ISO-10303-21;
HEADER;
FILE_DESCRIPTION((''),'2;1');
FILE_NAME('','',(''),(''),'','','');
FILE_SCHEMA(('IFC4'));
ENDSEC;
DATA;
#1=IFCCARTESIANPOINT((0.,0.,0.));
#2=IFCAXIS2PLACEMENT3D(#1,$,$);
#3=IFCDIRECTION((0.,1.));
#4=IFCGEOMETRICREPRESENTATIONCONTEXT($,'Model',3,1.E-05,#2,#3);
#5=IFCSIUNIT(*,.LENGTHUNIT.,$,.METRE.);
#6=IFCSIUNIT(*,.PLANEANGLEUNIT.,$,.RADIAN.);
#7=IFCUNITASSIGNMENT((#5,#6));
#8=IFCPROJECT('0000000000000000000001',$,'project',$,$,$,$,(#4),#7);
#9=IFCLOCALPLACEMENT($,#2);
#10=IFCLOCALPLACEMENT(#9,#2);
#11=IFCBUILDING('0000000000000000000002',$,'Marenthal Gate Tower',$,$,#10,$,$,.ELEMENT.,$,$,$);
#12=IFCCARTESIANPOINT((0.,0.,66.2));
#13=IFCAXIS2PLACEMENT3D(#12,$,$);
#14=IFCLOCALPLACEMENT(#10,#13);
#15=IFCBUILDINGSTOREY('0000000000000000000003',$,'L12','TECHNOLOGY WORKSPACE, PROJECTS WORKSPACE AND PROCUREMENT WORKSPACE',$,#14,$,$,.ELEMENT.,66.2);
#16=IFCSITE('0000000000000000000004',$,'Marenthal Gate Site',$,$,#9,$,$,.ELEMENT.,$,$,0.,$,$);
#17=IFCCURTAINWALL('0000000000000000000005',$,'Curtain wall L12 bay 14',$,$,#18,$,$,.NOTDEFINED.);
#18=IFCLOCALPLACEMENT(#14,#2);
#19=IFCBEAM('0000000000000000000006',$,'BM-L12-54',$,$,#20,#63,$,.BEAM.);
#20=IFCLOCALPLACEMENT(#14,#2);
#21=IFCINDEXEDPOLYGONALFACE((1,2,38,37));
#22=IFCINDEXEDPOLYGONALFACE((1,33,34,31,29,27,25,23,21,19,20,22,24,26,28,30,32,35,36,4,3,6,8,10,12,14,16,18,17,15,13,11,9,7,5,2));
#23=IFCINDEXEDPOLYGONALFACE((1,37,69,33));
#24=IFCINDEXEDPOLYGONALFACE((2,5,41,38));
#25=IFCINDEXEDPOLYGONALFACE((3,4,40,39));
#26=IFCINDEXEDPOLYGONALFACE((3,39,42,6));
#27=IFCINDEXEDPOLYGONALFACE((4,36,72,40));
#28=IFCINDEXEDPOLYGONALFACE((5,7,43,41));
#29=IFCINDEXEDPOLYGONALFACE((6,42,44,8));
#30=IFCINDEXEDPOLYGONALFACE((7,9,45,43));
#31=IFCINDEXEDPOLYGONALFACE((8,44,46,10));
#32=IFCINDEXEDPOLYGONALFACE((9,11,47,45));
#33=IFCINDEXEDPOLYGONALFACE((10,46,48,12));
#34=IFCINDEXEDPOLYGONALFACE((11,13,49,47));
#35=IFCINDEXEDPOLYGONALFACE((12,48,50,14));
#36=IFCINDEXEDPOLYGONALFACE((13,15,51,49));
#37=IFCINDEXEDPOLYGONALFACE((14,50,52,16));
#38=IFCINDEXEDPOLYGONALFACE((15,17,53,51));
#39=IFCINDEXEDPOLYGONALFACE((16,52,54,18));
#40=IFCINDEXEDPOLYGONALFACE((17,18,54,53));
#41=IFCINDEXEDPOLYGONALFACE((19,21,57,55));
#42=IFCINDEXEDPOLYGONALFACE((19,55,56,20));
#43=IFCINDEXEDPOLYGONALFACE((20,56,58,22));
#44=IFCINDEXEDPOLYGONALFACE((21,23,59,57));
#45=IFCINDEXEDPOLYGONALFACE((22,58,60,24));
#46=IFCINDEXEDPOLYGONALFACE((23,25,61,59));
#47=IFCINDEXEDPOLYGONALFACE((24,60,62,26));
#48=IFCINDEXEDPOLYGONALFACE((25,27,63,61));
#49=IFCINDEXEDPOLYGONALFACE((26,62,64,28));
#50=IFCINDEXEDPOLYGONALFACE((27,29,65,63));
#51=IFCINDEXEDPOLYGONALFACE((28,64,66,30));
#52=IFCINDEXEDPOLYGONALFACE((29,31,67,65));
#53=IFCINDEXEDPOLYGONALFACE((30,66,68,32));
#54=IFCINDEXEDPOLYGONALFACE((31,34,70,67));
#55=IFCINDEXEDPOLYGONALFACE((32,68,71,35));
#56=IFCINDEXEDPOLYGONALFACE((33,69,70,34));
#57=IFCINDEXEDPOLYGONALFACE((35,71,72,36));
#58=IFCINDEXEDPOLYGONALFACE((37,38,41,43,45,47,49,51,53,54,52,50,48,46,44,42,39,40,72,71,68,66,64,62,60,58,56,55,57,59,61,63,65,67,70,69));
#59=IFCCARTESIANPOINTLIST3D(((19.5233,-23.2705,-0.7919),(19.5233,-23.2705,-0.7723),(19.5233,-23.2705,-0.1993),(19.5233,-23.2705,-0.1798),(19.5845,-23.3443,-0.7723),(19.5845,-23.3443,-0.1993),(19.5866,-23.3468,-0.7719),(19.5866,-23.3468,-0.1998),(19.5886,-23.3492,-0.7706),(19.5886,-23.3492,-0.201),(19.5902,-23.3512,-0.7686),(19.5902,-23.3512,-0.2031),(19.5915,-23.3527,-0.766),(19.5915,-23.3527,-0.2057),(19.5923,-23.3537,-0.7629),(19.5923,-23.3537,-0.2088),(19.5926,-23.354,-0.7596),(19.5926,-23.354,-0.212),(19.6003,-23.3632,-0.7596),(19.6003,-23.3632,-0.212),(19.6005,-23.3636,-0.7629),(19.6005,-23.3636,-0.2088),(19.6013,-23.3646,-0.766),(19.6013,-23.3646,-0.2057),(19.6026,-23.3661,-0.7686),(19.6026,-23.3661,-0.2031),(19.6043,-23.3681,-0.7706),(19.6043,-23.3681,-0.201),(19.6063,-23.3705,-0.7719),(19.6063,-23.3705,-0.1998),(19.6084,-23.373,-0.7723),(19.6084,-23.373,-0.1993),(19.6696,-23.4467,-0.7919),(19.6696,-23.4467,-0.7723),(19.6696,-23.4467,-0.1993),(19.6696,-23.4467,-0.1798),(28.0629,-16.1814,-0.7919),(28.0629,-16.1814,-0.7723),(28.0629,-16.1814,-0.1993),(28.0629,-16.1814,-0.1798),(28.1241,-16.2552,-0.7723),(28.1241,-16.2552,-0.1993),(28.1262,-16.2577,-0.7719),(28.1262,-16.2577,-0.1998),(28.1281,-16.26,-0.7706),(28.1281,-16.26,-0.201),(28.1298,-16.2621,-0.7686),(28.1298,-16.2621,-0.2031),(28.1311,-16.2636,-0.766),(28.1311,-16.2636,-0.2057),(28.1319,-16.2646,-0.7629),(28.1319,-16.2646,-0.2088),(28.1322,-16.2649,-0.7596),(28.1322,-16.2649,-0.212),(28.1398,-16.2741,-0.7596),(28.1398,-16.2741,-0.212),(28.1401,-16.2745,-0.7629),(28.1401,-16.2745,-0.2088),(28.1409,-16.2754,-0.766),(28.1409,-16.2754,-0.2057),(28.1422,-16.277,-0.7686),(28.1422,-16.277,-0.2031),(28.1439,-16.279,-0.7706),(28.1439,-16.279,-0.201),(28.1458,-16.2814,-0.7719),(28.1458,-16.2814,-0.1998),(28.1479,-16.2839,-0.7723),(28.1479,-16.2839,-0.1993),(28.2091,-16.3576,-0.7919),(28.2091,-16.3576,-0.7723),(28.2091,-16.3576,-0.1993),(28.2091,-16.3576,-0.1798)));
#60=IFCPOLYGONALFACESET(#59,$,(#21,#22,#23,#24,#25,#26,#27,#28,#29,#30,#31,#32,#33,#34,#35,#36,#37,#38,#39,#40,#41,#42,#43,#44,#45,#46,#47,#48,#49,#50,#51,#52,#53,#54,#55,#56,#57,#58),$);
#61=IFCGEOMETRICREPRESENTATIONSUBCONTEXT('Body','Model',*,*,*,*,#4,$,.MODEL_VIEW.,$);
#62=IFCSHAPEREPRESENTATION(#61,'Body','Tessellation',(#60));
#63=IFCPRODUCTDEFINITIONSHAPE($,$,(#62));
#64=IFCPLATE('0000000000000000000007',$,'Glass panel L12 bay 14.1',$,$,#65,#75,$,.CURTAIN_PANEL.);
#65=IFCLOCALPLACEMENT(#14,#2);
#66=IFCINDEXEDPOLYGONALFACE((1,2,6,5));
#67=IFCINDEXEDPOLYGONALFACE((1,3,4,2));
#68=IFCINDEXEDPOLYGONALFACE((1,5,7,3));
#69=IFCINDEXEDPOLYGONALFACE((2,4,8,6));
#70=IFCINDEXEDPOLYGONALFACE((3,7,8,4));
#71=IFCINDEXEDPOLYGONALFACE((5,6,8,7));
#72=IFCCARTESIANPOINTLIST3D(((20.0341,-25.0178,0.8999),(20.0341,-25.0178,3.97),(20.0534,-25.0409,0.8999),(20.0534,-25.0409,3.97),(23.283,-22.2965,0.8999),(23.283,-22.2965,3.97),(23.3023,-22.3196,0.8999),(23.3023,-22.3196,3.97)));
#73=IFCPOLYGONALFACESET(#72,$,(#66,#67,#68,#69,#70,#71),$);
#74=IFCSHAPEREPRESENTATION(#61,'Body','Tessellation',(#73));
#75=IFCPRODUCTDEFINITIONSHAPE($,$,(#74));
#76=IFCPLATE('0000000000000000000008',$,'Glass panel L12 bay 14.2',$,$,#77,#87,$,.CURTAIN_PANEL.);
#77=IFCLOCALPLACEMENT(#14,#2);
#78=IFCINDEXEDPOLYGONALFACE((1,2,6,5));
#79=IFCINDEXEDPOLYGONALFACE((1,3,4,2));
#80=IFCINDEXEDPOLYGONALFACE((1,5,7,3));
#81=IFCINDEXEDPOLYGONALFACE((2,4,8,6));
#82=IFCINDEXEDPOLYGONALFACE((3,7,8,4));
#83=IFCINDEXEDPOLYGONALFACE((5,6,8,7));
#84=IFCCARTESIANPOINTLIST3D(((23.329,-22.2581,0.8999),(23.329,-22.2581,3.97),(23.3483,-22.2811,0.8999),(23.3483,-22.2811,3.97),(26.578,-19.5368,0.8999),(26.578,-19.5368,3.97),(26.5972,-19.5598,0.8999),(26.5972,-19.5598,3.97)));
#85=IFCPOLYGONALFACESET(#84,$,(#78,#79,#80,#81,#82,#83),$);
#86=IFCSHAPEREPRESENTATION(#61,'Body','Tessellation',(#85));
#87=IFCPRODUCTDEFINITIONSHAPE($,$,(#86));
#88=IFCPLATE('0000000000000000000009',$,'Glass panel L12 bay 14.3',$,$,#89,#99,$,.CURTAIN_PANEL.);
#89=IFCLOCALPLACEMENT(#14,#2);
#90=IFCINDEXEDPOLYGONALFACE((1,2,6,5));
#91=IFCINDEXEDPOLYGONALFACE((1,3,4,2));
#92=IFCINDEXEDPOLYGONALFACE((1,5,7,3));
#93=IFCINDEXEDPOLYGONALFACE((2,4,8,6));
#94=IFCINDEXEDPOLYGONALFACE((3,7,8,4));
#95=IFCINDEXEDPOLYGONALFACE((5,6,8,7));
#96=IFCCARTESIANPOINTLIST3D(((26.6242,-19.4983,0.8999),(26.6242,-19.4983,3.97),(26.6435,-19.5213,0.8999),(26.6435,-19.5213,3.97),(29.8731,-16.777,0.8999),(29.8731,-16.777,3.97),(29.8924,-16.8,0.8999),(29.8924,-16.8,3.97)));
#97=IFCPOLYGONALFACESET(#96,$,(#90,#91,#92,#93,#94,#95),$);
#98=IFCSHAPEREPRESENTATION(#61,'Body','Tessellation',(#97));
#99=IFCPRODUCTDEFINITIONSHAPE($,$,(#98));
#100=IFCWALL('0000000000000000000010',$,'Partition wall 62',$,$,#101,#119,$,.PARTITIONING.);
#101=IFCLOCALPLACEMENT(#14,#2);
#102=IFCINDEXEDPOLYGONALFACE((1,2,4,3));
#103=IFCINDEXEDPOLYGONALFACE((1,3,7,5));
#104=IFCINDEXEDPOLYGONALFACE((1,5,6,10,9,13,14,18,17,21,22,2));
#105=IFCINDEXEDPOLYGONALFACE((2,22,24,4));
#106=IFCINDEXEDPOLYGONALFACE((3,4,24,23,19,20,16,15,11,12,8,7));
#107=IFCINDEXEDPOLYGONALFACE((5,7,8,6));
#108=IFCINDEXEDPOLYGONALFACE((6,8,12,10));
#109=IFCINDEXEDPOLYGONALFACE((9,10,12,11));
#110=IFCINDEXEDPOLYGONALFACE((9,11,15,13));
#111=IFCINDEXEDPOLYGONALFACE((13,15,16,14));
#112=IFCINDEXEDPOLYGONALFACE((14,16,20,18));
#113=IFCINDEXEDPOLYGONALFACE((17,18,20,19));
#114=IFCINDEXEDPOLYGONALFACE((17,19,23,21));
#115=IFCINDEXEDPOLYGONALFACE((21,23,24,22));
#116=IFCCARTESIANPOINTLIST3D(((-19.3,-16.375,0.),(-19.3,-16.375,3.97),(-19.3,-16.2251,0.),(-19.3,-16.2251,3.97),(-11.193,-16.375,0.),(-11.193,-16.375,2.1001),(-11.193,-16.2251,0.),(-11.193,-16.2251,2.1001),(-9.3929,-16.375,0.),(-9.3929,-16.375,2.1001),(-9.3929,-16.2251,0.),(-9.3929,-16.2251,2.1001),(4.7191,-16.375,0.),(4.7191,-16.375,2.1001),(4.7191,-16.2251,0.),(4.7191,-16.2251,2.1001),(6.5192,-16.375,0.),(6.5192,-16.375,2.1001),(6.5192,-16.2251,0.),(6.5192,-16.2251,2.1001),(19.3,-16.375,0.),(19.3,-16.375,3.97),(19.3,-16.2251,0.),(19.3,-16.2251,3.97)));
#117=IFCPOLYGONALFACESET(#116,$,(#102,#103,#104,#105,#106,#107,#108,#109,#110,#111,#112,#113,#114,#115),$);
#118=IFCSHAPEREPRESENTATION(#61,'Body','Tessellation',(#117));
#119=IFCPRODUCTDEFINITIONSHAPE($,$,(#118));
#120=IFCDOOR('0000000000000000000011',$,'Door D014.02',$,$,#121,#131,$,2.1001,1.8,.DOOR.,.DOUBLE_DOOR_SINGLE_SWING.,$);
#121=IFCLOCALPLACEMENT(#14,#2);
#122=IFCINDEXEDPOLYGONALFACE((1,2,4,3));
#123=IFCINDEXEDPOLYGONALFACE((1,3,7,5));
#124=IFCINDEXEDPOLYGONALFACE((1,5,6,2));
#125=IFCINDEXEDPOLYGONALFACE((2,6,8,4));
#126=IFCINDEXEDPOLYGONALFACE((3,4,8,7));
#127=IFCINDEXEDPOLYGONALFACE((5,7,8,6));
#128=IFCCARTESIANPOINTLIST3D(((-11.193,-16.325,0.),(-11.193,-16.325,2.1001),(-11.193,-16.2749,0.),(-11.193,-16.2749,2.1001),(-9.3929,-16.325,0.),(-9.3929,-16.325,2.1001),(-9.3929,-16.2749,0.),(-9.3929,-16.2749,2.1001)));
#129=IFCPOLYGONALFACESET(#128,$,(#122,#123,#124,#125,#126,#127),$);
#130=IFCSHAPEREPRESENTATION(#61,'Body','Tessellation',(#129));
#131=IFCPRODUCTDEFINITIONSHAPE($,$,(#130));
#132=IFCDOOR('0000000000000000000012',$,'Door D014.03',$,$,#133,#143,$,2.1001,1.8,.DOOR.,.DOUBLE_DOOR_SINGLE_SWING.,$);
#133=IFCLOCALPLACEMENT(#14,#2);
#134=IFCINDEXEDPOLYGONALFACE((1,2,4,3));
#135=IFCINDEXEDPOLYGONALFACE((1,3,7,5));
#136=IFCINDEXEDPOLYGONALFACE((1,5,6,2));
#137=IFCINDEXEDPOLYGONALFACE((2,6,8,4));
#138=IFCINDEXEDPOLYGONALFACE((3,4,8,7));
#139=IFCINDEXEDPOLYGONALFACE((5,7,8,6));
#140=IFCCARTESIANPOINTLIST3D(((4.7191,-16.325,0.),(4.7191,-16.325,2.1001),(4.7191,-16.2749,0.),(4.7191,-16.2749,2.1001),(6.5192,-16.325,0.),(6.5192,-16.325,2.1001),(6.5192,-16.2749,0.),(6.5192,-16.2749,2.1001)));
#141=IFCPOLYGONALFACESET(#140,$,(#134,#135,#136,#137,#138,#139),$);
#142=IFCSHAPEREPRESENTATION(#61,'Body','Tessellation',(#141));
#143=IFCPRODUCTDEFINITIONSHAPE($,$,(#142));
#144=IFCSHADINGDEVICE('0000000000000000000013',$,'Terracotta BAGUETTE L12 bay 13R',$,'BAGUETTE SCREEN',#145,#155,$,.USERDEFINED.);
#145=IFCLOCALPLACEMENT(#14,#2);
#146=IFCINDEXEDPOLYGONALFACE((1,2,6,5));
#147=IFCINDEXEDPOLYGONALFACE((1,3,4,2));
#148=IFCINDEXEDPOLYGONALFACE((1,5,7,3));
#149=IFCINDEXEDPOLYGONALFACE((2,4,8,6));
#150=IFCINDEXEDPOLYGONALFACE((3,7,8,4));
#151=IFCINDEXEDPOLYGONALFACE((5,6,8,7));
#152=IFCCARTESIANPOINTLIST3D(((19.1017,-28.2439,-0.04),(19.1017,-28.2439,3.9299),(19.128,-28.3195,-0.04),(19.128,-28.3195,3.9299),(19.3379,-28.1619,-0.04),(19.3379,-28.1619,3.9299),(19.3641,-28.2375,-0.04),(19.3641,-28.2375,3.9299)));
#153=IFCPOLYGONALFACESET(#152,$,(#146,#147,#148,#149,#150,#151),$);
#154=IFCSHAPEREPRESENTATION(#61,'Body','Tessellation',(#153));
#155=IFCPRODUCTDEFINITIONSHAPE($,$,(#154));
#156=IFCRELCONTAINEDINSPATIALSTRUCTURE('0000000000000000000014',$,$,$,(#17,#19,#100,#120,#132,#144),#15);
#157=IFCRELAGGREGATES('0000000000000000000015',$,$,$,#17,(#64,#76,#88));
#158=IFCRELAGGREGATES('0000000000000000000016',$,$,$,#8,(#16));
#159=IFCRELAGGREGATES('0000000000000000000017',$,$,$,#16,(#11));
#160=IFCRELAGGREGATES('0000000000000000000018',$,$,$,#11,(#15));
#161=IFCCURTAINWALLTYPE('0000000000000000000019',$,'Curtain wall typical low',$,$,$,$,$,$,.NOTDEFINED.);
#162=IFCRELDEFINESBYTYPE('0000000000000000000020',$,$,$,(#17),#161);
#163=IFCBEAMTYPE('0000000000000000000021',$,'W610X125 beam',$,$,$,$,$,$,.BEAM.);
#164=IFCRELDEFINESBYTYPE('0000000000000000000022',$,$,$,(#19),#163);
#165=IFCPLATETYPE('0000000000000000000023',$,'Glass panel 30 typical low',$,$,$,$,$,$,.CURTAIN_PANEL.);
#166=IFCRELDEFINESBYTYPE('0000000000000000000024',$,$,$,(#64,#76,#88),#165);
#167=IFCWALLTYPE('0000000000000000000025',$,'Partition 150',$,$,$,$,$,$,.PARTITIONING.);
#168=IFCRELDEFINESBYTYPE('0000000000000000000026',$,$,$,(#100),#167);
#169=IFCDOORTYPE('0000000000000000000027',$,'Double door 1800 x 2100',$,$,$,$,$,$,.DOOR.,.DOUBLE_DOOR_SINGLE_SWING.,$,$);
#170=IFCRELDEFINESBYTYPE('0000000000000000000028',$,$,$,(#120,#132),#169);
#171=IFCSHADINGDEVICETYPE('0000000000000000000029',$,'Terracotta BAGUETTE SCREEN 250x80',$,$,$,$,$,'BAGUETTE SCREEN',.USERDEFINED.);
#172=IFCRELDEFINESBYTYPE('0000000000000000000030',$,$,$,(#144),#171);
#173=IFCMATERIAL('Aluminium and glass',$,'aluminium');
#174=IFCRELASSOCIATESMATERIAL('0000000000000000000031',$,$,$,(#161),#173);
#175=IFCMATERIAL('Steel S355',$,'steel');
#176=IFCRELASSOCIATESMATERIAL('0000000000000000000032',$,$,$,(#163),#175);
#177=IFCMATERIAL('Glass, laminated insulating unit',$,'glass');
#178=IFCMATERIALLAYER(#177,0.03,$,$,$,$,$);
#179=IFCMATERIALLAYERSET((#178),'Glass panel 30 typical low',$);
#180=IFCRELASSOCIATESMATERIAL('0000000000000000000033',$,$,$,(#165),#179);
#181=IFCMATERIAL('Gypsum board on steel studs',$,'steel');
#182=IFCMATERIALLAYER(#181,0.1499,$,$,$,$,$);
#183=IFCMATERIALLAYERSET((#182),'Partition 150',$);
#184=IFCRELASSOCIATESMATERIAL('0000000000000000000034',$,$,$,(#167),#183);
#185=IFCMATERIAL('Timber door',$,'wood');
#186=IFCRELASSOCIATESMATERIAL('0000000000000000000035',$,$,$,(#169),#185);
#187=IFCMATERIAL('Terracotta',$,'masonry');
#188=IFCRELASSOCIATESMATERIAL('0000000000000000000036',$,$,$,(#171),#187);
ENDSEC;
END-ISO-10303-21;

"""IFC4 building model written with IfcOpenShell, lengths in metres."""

from ifc_helpers import new_model, si_unit, direction, frame, frame_2d, origin, origin_2d, place, context, subcontext, project, spatial, rectangle, i_section, extrude, material, layer, layer_set, material_profile, profile_set, type_object, element, fill, aggregate, save


model = new_model("IFC4")

# Units and contexts
model_context = context("Model", 3, precision=1e-05, world=origin(), true_north=direction((0.0, 1.0)))
body_context = subcontext(model_context, "Body", "Model", "MODEL_VIEW")
ifc_project = project(units=[si_unit("LENGTHUNIT", "METRE"), si_unit("PLANEANGLEUNIT", "RADIAN")], contexts=[model_context])

# Site, building, storey
site_placement = place(None, origin())
site = spatial("IfcSite", under=ifc_project, at=site_placement, Name="Marenthal Gate Site", CompositionType="ELEMENT", RefElevation=0.0)
building_placement = place(site_placement, origin())
building = spatial("IfcBuilding", under=site, at=building_placement, Name="Marenthal Gate Tower", CompositionType="ELEMENT")
storey_placement = place(building_placement, frame((0.0, 0.0, 66.2)))
storey = spatial("IfcBuildingStorey", under=building, at=storey_placement, Name="L12", Description="TECHNOLOGY WORKSPACE, PROJECTS WORKSPACE AND PROCUREMENT WORKSPACE", CompositionType="ELEMENT", Elevation=66.2)

# Curtain wall
ifc_material_1 = material(Name="Aluminium and glass", Category="aluminium")
curtain_wall_type = type_object("IfcCurtainWallType", Name="Curtain wall typical low", PredefinedType="NOTDEFINED", material=ifc_material_1)
curtain_wall_placement = place(storey_placement, origin())
curtain_wall = element("IfcCurtainWall", 1, at=curtain_wall_placement, inside=storey, type_object=curtain_wall_type, Name="Curtain wall L12 bay 14", PredefinedType="NOTDEFINED")

# Beam
ifc_material_2 = material(Name="Steel S355", Category="steel")
ifc_material_profile_1 = material_profile(ifc_material_2, i_section(OverallWidth=0.229, OverallDepth=0.6121, WebThickness=0.012, FlangeThickness=0.0195, FilletRadius=0.0127, at=origin_2d()), Name="W610X125")
ifc_profile_set_1 = profile_set([ifc_material_profile_1], Name="Steel S355")
beam_type_1 = type_object("IfcBeamType", Name="W610X125 beam", PredefinedType="BEAM", material=ifc_profile_set_1)
beam_1_placement = place(storey_placement, frame((19.5964, -23.3586, -0.4858), z_axis=(0.769424, 0.638738, 0.0), x_axis=(-0.638738, 0.769424, 0.0)))
element("IfcBeam", 2, at=beam_1_placement, inside=storey, type_object=beam_type_1, Name="BM-L12-54", PredefinedType="BEAM", context=body_context, shape_type="SweptSolid", body=[
    extrude(i_section(OverallWidth=0.229, OverallDepth=0.6121, WebThickness=0.012, FlangeThickness=0.0195, FilletRadius=0.0127, at=origin_2d()), origin(), (0.0, 0.0, 1.0), 11.0986),
])

# Plates
ifc_material_3 = material(Name="Glass, laminated insulating unit", Category="glass")
ifc_layer_1 = layer(ifc_material_3, 0.03)
ifc_layer_set_1 = layer_set([ifc_layer_1], Name="Glass panel 30 typical low")
plate_type = type_object("IfcPlateType", Name="Glass panel 30 typical low", PredefinedType="CURTAIN_PANEL", material=ifc_layer_set_1)
plate_1_placement = place(storey_placement, frame((21.6682, -23.6687, 0.8999), z_axis=(0.0, 0.0, 1.0), x_axis=(0.766611, 0.642112, 0.0)))
plate_1 = element("IfcPlate", 3, at=plate_1_placement, type_object=plate_type, Name="Glass panel L12 bay 14.1", PredefinedType="CURTAIN_PANEL", context=body_context, shape_type="SweptSolid", body=[
    extrude(rectangle(XDim=4.238, YDim=0.03, at=origin_2d()), origin(), (0.0, 0.0, 1.0), 3.0701),
])
plate_2_placement = place(storey_placement, frame((24.9631, -20.9089, 0.8999), z_axis=(0.0, 0.0, 1.0), x_axis=(0.766611, 0.642112, 0.0)))
plate_2 = element("IfcPlate", 4, at=plate_2_placement, type_object=plate_type, Name="Glass panel L12 bay 14.2", PredefinedType="CURTAIN_PANEL", context=body_context, shape_type="SweptSolid", body=[
    extrude(rectangle(XDim=4.238, YDim=0.03, at=origin_2d()), origin(), (0.0, 0.0, 1.0), 3.0701),
])
plate_3_placement = place(storey_placement, frame((28.2583, -18.1492, 0.8999), z_axis=(0.0, 0.0, 1.0), x_axis=(0.766611, 0.642112, 0.0)))
plate_3 = element("IfcPlate", 5, at=plate_3_placement, type_object=plate_type, Name="Glass panel L12 bay 14.3", PredefinedType="CURTAIN_PANEL", context=body_context, shape_type="SweptSolid", body=[
    extrude(rectangle(XDim=4.238, YDim=0.03, at=origin_2d()), origin(), (0.0, 0.0, 1.0), 3.0701),
])
aggregate(curtain_wall, [plate_1, plate_2, plate_3])

# Wall, openings, doors
ifc_material_4 = material(Name="Gypsum board on steel studs", Category="steel")
ifc_layer_2 = layer(ifc_material_4, 0.1499)
ifc_layer_set_2 = layer_set([ifc_layer_2], Name="Partition 150")
wall_type_1 = type_object("IfcWallType", Name="Partition 150", PredefinedType="PARTITIONING", material=ifc_layer_set_2)
wall_1_placement = place(storey_placement, frame((19.3, -16.3, 0.0), z_axis=(0.0, 0.0, 1.0), x_axis=(-1.0, 0.0, 0.0)))
wall_1 = element("IfcWall", 6, at=wall_1_placement, inside=storey, type_object=wall_type_1, Name="Partition wall 62", PredefinedType="PARTITIONING", context=body_context, shape_type="SweptSolid", body=[
    extrude(rectangle(XDim=38.6001, YDim=0.1499, at=frame_2d((19.3, 0.0))), origin(), (0.0, 0.0, 1.0), 3.97),
])
opening_1_placement = place(wall_1_placement, frame((28.6931, 0.0, 0.0)))
opening_1 = element("IfcOpeningElement", 7, at=opening_1_placement, cuts=wall_1, PredefinedType="OPENING", context=body_context, shape_type="SweptSolid", body=[
    extrude(rectangle(XDim=1.8, YDim=2.1001, at=frame_2d((0.8999, 1.05))), frame((0.0, 0.085, 0.0), z_axis=(0.0, -1.0, 0.0), x_axis=(1.0, 0.0, 0.0)), (0.0, 0.0, 1.0), 0.1699),
])
opening_2_placement = place(wall_1_placement, frame((12.781, 0.0, 0.0)))
opening_2 = element("IfcOpeningElement", 8, at=opening_2_placement, cuts=wall_1, PredefinedType="OPENING", context=body_context, shape_type="SweptSolid", body=[
    extrude(rectangle(XDim=1.8, YDim=2.1001, at=frame_2d((0.8999, 1.05))), frame((0.0, 0.085, 0.0), z_axis=(0.0, -1.0, 0.0), x_axis=(1.0, 0.0, 0.0)), (0.0, 0.0, 1.0), 0.1699),
])
ifc_material_5 = material(Name="Timber door", Category="wood")
door_type_1 = type_object("IfcDoorType", Name="Double door 1800 x 2100", OperationType="DOUBLE_DOOR_SINGLE_SWING", PredefinedType="DOOR", material=ifc_material_5)
door_1_placement = place(opening_1_placement, origin())
door_1 = element("IfcDoor", 9, at=door_1_placement, inside=storey, type_object=door_type_1, Name="Door D014.02", OperationType="DOUBLE_DOOR_SINGLE_SWING", OverallHeight=2.1001, OverallWidth=1.8, PredefinedType="DOOR", context=body_context, shape_type="SweptSolid", body=[
    extrude(rectangle(XDim=1.8, YDim=2.1001, at=frame_2d((0.8999, 1.05))), frame((0.0, 0.0249, 0.0), z_axis=(0.0, -1.0, 0.0), x_axis=(1.0, 0.0, 0.0)), (0.0, 0.0, 1.0), 0.05),
])
fill(opening_1, door_1)
door_2_placement = place(opening_2_placement, origin())
door_2 = element("IfcDoor", 10, at=door_2_placement, inside=storey, type_object=door_type_1, Name="Door D014.03", OperationType="DOUBLE_DOOR_SINGLE_SWING", OverallHeight=2.1001, OverallWidth=1.8, PredefinedType="DOOR", context=body_context, shape_type="SweptSolid", body=[
    extrude(rectangle(XDim=1.8, YDim=2.1001, at=frame_2d((0.8999, 1.05))), frame((0.0, 0.0249, 0.0), z_axis=(0.0, -1.0, 0.0), x_axis=(1.0, 0.0, 0.0)), (0.0, 0.0, 1.0), 0.05),
])
fill(opening_2, door_2)

# Shading device
ifc_material_6 = material(Name="Terracotta", Category="masonry")
ifc_material_profile_2 = material_profile(ifc_material_6, rectangle(XDim=0.25, YDim=0.0801, at=origin_2d()), Name="Terracotta baguette 250x80")
ifc_profile_set_2 = profile_set([ifc_material_profile_2], Name="Terracotta")
shading_device_type = type_object("IfcShadingDeviceType", Name="Terracotta BAGUETTE SCREEN 250x80", ElementType="BAGUETTE SCREEN", PredefinedType="USERDEFINED", material=ifc_profile_set_2)
shading_device_placement = place(storey_placement, frame((19.2329, -28.2407, -0.04), z_axis=(0.0, 0.0, 1.0), x_axis=(0.944672, 0.328016, 0.0)))
element("IfcShadingDevice", 11, at=shading_device_placement, inside=storey, type_object=shading_device_type, Name="Terracotta BAGUETTE L12 bay 13R", ObjectType="BAGUETTE SCREEN", PredefinedType="USERDEFINED", context=body_context, shape_type="SweptSolid", body=[
    extrude(rectangle(XDim=0.25, YDim=0.0801, at=origin_2d()), origin(), (0.0, 0.0, 1.0), 3.97),
])

save(model, "model.ifc")
